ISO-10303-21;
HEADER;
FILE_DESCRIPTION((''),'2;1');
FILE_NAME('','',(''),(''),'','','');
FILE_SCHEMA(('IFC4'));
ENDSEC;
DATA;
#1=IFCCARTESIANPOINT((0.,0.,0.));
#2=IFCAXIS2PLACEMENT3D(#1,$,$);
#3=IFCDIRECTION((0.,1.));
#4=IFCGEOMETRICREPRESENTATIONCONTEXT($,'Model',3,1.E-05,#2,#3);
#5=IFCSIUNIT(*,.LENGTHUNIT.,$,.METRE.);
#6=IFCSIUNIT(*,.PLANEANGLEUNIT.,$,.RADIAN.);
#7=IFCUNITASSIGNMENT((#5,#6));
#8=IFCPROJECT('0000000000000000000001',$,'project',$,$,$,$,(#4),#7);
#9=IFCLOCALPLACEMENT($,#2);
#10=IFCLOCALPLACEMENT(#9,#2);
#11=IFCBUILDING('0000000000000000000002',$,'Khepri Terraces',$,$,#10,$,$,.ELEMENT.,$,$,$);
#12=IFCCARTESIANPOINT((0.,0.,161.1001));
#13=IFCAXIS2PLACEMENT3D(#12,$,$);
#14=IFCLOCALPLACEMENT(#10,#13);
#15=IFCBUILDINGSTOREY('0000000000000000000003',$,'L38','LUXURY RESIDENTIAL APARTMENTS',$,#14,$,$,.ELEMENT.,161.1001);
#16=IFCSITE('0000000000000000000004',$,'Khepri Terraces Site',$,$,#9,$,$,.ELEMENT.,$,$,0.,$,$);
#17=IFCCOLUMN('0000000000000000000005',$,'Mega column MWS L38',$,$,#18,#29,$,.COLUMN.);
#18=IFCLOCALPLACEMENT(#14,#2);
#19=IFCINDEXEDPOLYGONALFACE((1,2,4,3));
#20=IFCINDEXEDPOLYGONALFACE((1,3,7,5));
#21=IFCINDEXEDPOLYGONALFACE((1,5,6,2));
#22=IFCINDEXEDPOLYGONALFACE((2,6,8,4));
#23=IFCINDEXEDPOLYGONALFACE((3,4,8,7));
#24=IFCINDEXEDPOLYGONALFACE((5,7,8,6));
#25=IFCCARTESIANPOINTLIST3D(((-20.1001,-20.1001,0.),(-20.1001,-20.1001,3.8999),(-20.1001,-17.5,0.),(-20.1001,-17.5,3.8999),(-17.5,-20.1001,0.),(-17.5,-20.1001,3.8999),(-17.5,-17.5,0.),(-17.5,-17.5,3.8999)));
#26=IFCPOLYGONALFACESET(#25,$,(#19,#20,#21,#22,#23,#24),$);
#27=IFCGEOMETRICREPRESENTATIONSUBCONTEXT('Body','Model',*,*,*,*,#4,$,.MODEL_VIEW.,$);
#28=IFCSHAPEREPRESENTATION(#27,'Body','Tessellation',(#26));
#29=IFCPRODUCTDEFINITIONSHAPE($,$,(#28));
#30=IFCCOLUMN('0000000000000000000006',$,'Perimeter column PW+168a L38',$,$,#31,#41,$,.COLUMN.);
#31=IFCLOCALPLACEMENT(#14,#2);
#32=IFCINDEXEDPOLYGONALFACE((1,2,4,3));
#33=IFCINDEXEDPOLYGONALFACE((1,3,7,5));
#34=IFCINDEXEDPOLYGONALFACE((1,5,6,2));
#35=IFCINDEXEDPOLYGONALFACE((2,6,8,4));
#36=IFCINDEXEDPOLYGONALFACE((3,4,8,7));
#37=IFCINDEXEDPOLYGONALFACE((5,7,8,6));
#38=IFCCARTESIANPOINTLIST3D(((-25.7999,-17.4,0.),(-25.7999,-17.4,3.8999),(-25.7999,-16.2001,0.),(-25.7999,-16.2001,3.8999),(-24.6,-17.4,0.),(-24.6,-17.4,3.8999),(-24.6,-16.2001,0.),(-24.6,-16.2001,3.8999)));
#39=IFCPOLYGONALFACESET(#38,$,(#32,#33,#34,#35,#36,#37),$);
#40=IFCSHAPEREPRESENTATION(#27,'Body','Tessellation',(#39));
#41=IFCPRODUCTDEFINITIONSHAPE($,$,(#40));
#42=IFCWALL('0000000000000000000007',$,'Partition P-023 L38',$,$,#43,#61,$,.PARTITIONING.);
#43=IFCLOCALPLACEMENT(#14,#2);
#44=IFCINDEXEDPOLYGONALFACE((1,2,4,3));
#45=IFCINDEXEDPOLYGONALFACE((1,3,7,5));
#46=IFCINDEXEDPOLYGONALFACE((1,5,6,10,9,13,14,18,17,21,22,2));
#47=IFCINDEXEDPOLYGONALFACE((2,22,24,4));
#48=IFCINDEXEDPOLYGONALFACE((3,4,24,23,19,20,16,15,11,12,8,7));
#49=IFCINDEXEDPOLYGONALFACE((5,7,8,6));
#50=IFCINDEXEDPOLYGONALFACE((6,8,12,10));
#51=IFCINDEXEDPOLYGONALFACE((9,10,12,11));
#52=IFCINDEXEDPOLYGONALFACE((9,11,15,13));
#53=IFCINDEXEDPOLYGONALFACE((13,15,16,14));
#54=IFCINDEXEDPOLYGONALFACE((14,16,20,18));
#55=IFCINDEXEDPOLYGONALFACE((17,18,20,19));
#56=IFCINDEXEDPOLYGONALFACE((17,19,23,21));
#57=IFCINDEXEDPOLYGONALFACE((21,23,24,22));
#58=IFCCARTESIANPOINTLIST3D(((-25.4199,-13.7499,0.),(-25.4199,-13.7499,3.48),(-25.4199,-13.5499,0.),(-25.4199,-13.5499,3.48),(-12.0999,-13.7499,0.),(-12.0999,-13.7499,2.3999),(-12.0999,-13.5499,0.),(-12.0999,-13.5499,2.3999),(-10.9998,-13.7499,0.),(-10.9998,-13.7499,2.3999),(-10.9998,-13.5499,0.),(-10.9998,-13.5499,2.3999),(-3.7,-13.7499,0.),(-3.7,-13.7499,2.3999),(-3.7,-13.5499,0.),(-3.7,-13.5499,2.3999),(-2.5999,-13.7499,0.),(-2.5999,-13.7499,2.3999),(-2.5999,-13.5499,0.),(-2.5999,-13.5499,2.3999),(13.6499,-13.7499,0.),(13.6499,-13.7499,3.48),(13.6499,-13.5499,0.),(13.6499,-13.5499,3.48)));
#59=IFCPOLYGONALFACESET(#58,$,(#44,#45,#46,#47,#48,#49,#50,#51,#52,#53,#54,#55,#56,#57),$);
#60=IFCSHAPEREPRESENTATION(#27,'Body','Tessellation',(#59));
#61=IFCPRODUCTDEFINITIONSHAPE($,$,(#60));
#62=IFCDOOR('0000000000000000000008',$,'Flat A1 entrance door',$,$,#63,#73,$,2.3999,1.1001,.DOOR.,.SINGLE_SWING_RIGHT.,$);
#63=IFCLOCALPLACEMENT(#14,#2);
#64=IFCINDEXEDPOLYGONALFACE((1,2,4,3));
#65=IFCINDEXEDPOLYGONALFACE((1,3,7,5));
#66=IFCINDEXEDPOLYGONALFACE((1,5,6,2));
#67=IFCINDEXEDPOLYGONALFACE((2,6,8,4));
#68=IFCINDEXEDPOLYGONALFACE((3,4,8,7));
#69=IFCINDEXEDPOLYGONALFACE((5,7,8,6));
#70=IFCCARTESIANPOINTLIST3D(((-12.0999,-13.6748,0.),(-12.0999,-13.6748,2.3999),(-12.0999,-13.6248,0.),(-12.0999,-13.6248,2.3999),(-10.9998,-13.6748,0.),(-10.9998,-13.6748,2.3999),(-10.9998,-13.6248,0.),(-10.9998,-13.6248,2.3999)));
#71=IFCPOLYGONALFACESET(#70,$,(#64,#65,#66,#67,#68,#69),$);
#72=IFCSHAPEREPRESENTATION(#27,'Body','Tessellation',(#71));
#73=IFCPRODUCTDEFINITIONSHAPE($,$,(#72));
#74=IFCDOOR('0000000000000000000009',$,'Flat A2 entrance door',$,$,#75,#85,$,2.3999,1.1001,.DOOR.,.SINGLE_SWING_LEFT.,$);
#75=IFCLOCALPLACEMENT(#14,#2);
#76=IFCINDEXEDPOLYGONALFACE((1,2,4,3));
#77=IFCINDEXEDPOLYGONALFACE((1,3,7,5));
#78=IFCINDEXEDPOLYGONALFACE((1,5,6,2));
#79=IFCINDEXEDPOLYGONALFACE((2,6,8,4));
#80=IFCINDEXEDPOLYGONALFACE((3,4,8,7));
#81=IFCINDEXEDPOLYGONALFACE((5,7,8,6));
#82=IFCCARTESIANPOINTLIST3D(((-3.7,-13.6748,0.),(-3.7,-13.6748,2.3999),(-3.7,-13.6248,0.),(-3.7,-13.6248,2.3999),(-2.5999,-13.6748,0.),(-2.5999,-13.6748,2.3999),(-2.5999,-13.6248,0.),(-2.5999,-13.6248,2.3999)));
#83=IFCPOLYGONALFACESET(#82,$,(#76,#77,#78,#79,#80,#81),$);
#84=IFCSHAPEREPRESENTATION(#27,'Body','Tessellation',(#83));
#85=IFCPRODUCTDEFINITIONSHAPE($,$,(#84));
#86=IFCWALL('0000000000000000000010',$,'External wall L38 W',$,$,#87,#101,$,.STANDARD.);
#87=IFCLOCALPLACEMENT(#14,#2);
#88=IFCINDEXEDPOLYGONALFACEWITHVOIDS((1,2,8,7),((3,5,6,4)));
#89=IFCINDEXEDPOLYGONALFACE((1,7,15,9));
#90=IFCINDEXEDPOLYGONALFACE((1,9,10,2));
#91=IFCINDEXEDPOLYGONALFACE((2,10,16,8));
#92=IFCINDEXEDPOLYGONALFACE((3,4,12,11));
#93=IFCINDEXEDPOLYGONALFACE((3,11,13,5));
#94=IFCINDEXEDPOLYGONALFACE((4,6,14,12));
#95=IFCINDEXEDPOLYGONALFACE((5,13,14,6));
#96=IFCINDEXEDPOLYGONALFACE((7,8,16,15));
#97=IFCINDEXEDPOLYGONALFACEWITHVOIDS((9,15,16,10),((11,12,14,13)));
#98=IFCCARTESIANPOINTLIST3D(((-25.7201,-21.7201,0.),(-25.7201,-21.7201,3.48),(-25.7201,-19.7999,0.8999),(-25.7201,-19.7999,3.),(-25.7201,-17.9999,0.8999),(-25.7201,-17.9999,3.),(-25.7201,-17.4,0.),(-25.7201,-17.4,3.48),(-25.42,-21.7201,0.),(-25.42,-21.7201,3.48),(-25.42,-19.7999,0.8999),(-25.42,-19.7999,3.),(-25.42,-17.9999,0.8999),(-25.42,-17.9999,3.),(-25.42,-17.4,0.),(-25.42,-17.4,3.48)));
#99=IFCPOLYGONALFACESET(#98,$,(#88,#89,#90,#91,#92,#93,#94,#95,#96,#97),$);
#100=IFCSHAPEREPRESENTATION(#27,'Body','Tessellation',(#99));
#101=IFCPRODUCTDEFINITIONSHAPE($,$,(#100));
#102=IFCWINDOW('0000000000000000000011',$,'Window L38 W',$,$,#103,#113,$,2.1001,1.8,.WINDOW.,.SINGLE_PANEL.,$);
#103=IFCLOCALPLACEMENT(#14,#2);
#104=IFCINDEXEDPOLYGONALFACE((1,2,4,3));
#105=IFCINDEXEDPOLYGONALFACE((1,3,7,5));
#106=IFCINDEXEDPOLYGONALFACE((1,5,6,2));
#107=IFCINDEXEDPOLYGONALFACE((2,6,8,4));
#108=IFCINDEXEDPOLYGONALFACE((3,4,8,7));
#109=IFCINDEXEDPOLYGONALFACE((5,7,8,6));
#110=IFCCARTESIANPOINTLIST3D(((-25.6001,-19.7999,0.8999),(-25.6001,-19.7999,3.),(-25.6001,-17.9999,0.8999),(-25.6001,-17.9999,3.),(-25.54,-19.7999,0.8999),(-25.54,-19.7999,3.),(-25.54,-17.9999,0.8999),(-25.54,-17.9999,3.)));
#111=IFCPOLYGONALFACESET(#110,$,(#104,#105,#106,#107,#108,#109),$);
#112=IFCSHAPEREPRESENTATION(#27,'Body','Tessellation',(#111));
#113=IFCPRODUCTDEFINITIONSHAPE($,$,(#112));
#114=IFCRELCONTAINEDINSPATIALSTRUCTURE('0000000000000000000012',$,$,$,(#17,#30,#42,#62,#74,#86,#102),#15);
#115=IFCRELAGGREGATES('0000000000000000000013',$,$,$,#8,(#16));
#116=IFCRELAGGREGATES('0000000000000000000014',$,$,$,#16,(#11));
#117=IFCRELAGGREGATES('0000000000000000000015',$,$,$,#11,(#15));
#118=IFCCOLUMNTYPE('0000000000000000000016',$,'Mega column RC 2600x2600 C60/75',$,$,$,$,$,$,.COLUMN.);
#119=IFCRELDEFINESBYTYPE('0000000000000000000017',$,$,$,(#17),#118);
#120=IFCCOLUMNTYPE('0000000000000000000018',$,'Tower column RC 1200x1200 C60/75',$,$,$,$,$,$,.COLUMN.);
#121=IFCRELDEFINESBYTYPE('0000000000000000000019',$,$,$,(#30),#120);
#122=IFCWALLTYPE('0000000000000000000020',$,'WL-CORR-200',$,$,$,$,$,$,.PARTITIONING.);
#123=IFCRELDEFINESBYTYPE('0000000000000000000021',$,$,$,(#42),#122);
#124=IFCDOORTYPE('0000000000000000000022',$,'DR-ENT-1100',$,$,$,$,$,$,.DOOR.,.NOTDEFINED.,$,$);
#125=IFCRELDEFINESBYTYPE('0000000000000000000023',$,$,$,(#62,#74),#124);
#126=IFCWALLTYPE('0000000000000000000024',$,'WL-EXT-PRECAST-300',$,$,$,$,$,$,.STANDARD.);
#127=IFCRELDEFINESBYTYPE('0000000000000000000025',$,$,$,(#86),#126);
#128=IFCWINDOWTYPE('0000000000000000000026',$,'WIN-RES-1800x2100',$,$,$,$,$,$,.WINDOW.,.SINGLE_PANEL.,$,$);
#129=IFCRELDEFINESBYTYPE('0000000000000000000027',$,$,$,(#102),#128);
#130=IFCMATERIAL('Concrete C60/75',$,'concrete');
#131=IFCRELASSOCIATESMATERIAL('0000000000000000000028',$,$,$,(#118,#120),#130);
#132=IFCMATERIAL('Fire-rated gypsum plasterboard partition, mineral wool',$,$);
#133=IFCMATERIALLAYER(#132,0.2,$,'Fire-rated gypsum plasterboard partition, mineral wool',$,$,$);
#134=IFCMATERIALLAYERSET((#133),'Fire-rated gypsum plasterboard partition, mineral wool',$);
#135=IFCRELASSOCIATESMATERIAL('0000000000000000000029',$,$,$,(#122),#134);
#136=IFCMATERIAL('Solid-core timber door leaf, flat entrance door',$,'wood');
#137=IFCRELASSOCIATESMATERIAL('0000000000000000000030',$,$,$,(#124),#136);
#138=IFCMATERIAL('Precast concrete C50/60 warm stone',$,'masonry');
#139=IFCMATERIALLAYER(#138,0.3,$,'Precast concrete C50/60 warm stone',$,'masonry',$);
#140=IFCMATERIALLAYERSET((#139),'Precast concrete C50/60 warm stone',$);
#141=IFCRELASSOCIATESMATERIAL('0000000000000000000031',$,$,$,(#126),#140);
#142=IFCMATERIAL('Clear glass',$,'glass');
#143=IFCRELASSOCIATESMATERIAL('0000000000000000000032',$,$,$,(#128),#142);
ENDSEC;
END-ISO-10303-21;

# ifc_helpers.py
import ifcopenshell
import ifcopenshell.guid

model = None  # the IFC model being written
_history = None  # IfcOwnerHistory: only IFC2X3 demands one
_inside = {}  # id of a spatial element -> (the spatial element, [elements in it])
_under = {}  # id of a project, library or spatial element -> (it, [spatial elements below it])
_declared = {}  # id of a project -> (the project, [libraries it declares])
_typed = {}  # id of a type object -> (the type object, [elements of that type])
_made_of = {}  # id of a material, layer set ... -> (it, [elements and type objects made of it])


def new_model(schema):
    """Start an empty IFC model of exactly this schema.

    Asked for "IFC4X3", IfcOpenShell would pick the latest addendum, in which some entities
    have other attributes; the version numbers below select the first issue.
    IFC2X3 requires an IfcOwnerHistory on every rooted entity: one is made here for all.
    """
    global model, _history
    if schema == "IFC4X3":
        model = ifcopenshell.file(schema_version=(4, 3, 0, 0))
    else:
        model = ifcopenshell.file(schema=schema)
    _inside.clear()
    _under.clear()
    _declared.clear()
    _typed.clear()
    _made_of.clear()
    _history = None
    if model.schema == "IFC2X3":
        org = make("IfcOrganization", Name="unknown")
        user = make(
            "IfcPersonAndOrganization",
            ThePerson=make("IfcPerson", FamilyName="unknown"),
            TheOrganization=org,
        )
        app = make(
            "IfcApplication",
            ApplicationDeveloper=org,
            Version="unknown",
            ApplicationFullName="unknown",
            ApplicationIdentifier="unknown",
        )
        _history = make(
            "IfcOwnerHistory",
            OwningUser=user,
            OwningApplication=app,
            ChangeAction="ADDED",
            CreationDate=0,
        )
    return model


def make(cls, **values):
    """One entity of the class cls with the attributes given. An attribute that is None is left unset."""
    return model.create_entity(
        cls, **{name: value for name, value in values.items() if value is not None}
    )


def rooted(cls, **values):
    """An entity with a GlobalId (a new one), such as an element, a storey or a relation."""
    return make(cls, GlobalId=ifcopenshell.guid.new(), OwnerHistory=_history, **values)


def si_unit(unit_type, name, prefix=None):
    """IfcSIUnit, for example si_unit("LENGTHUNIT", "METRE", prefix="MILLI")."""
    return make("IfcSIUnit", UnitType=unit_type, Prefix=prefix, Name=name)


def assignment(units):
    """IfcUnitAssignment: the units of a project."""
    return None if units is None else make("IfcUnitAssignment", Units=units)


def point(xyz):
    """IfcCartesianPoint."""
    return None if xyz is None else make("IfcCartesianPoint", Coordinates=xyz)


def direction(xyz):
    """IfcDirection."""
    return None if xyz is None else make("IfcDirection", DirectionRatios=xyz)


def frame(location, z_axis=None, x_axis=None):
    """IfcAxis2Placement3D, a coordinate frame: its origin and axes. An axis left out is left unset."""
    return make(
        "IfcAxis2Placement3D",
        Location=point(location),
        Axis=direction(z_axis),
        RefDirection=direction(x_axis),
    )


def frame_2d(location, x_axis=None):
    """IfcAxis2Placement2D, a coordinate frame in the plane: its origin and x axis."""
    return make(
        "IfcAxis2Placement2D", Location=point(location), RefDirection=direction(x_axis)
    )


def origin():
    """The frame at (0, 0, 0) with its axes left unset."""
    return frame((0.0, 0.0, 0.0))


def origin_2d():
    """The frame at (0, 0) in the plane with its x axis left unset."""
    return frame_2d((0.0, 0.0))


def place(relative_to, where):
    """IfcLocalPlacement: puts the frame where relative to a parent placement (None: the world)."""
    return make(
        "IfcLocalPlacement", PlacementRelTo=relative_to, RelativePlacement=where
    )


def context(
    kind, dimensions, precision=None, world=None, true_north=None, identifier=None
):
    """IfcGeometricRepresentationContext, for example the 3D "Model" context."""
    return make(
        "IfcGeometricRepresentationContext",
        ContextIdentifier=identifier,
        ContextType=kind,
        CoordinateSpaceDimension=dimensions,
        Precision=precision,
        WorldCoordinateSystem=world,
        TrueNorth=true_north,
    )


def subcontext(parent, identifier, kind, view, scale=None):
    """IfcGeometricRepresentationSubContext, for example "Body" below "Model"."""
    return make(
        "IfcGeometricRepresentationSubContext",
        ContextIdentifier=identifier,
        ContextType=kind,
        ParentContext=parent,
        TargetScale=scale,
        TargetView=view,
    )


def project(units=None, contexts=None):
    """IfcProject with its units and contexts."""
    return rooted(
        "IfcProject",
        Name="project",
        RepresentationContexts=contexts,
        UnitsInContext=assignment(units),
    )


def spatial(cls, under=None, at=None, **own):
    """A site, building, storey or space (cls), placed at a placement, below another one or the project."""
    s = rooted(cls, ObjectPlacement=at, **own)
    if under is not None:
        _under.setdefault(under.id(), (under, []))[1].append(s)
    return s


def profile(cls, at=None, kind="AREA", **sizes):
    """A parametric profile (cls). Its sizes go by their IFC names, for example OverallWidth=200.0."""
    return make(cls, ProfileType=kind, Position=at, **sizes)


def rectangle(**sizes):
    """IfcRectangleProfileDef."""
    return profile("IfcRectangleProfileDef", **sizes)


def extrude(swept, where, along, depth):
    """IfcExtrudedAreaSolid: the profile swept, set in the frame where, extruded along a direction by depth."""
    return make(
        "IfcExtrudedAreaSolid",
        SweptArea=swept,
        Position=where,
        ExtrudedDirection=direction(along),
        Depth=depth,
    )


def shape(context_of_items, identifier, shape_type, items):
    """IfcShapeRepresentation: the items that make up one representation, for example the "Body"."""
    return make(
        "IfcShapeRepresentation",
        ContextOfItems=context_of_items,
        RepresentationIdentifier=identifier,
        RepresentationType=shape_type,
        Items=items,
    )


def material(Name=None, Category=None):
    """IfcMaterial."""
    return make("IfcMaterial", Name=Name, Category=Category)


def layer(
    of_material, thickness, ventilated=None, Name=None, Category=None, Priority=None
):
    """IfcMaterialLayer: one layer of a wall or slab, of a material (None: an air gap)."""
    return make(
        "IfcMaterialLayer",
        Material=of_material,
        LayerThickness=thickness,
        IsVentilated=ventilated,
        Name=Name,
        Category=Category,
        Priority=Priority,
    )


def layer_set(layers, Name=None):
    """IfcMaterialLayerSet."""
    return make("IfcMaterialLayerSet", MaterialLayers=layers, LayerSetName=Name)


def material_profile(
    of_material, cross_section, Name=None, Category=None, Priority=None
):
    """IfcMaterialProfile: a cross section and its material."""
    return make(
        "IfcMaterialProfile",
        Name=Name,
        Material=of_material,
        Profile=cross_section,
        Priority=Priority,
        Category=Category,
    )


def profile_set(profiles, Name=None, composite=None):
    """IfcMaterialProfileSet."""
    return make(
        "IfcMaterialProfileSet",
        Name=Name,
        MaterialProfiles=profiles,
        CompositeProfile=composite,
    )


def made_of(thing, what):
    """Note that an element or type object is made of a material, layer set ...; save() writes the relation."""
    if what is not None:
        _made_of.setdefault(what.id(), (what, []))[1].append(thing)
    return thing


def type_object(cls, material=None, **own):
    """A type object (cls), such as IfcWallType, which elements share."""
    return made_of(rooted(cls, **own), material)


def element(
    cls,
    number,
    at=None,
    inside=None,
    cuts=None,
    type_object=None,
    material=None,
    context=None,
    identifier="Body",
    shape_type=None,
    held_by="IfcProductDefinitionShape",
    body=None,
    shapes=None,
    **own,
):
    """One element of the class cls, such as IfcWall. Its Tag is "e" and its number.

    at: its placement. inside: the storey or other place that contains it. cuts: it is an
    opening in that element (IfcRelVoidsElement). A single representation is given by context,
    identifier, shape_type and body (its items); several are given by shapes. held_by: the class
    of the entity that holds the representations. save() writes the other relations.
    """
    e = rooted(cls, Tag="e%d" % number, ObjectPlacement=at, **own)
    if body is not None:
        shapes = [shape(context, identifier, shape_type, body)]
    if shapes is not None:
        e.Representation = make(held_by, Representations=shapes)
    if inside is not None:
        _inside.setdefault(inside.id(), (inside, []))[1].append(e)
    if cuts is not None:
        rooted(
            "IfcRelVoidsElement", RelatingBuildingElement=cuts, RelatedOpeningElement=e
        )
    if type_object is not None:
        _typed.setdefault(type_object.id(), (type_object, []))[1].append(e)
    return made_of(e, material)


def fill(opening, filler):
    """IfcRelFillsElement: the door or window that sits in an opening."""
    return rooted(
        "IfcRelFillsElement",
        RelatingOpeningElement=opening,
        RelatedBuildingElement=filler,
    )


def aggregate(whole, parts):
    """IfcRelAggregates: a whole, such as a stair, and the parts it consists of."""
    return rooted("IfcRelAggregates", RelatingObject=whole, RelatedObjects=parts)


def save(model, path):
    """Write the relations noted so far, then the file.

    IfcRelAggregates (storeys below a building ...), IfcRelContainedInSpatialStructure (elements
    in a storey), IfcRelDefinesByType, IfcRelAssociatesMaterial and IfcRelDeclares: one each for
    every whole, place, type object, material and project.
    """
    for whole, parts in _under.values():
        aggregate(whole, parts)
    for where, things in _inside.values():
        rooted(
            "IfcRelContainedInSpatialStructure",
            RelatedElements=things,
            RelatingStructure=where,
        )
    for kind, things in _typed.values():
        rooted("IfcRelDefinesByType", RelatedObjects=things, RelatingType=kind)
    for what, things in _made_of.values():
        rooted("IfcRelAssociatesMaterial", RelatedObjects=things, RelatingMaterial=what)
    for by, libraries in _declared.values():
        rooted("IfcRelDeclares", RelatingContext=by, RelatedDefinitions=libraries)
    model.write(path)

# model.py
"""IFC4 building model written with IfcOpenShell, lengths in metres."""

from ifc_helpers import new_model, si_unit, direction, frame, frame_2d, origin, origin_2d, place, context, subcontext, project, spatial, rectangle, extrude, material, layer, layer_set, material_profile, profile_set, type_object, element, fill, save


model = new_model("IFC4")

# Units and contexts
model_context = context("Model", 3, precision=1e-05, world=origin(), true_north=direction((0.0, 1.0)))
body_context = subcontext(model_context, "Body", "Model", "MODEL_VIEW")
ifc_project = project(units=[si_unit("LENGTHUNIT", "METRE"), si_unit("PLANEANGLEUNIT", "RADIAN")], contexts=[model_context])

# Site, building, storey
site_placement = place(None, origin())
site = spatial("IfcSite", under=ifc_project, at=site_placement, Name="Khepri Terraces Site", CompositionType="ELEMENT", RefElevation=0.0)
building_placement = place(site_placement, origin())
building = spatial("IfcBuilding", under=site, at=building_placement, Name="Khepri Terraces", CompositionType="ELEMENT")
storey_placement = place(building_placement, frame((0.0, 0.0, 161.1001)))
storey = spatial("IfcBuildingStorey", under=building, at=storey_placement, Name="L38", Description="LUXURY RESIDENTIAL APARTMENTS", CompositionType="ELEMENT", Elevation=161.1001)

# Columns
ifc_material_1 = material(Name="Concrete C60/75", Category="concrete")
ifc_material_profile_1 = material_profile(ifc_material_1, rectangle(XDim=2.6001, YDim=2.6001, at=origin_2d()), Name="Concrete C60/75", Category="concrete")
ifc_profile_set_1 = profile_set([ifc_material_profile_1], Name="Concrete C60/75")
column_type_1 = type_object("IfcColumnType", Name="Mega column RC 2600x2600 C60/75", PredefinedType="COLUMN", material=ifc_profile_set_1)
column_1_placement = place(storey_placement, frame((-18.8, -18.8, 0.0), z_axis=(0.0, 0.0, 1.0), x_axis=(1.0, 0.0, 0.0)))
element("IfcColumn", 1, at=column_1_placement, inside=storey, type_object=column_type_1, Name="Mega column MWS L38", PredefinedType="COLUMN", context=body_context, shape_type="SweptSolid", body=[
    extrude(rectangle(XDim=2.6001, YDim=2.6001, at=origin_2d()), origin(), (0.0, 0.0, 1.0), 3.8999),
])
ifc_material_profile_2 = material_profile(ifc_material_1, rectangle(XDim=1.2, YDim=1.2, at=origin_2d()), Name="Concrete C60/75", Category="concrete")
ifc_profile_set_2 = profile_set([ifc_material_profile_2], Name="Concrete C60/75")
column_type_2 = type_object("IfcColumnType", Name="Tower column RC 1200x1200 C60/75", PredefinedType="COLUMN", material=ifc_profile_set_2)
column_2_placement = place(storey_placement, frame((-25.2, -16.8, 0.0), z_axis=(0.0, 0.0, 1.0), x_axis=(1.0, 0.0, 0.0)))
element("IfcColumn", 2, at=column_2_placement, inside=storey, type_object=column_type_2, Name="Perimeter column PW+168a L38", PredefinedType="COLUMN", context=body_context, shape_type="SweptSolid", body=[
    extrude(rectangle(XDim=1.2, YDim=1.2, at=origin_2d()), origin(), (0.0, 0.0, 1.0), 3.8999),
])

# Wall, openings, doors
ifc_material_2 = material(Name="Fire-rated gypsum plasterboard partition, mineral wool")
ifc_layer_1 = layer(ifc_material_2, 0.2, Name="Fire-rated gypsum plasterboard partition, mineral wool")
ifc_layer_set_1 = layer_set([ifc_layer_1], Name="Fire-rated gypsum plasterboard partition, mineral wool")
wall_type_1 = type_object("IfcWallType", Name="WL-CORR-200", PredefinedType="PARTITIONING", material=ifc_layer_set_1)
wall_1_placement = place(storey_placement, frame((-25.4199, -13.6499, 0.0), z_axis=(0.0, 0.0, 1.0), x_axis=(1.0, 0.0, 0.0)))
wall_1 = element("IfcWall", 3, at=wall_1_placement, inside=storey, type_object=wall_type_1, Name="Partition P-023 L38", PredefinedType="PARTITIONING", context=body_context, shape_type="SweptSolid", body=[
    extrude(rectangle(XDim=39.0698, YDim=0.2, at=frame_2d((19.5349, 0.0))), origin(), (0.0, 0.0, 1.0), 3.48),
])
opening_1_placement = place(wall_1_placement, frame((13.3201, 0.0, 0.0)))
opening_1 = element("IfcOpeningElement", 4, at=opening_1_placement, cuts=wall_1, PredefinedType="OPENING", context=body_context, shape_type="SweptSolid", body=[
    extrude(rectangle(XDim=1.1001, YDim=2.3999, at=frame_2d((0.55, 1.2))), frame((0.0, 0.1099, 0.0), z_axis=(0.0, -1.0, 0.0), x_axis=(1.0, 0.0, 0.0)), (0.0, 0.0, 1.0), 0.22),
])
opening_2_placement = place(wall_1_placement, frame((21.72, 0.0, 0.0)))
opening_2 = element("IfcOpeningElement", 5, at=opening_2_placement, cuts=wall_1, PredefinedType="OPENING", context=body_context, shape_type="SweptSolid", body=[
    extrude(rectangle(XDim=1.1001, YDim=2.3999, at=frame_2d((0.55, 1.2))), frame((0.0, 0.1099, 0.0), z_axis=(0.0, -1.0, 0.0), x_axis=(1.0, 0.0, 0.0)), (0.0, 0.0, 1.0), 0.22),
])
ifc_material_3 = material(Name="Solid-core timber door leaf, flat entrance door", Category="wood")
door_type_1 = type_object("IfcDoorType", Name="DR-ENT-1100", OperationType="NOTDEFINED", PredefinedType="DOOR", material=ifc_material_3)
door_1_placement = place(opening_1_placement, frame((1.1001, 0.0, 0.0), z_axis=(0.0, 0.0, 1.0), x_axis=(-1.0, 0.0, 0.0)))
door_1 = element("IfcDoor", 6, at=door_1_placement, inside=storey, type_object=door_type_1, Name="Flat A1 entrance door", OperationType="SINGLE_SWING_RIGHT", OverallHeight=2.3999, OverallWidth=1.1001, PredefinedType="DOOR", context=body_context, shape_type="SweptSolid", body=[
    extrude(rectangle(XDim=1.1001, YDim=2.3999, at=frame_2d((0.55, 1.2))), frame((0.0, 0.0249, 0.0), z_axis=(0.0, -1.0, 0.0), x_axis=(1.0, 0.0, 0.0)), (0.0, 0.0, 1.0), 0.05),
])
fill(opening_1, door_1)
door_2_placement = place(opening_2_placement, frame((1.1001, 0.0, 0.0), z_axis=(0.0, 0.0, 1.0), x_axis=(-1.0, 0.0, 0.0)))
door_2 = element("IfcDoor", 7, at=door_2_placement, inside=storey, type_object=door_type_1, Name="Flat A2 entrance door", OperationType="SINGLE_SWING_LEFT", OverallHeight=2.3999, OverallWidth=1.1001, PredefinedType="DOOR", context=body_context, shape_type="SweptSolid", body=[
    extrude(rectangle(XDim=1.1001, YDim=2.3999, at=frame_2d((0.55, 1.2))), frame((0.0, 0.0249, 0.0), z_axis=(0.0, -1.0, 0.0), x_axis=(1.0, 0.0, 0.0)), (0.0, 0.0, 1.0), 0.05),
])
fill(opening_2, door_2)

# Wall, opening, window
ifc_material_4 = material(Name="Precast concrete C50/60 warm stone", Category="masonry")
ifc_layer_2 = layer(ifc_material_4, 0.3, Name="Precast concrete C50/60 warm stone", Category="masonry")
ifc_layer_set_2 = layer_set([ifc_layer_2], Name="Precast concrete C50/60 warm stone")
wall_type_2 = type_object("IfcWallType", Name="WL-EXT-PRECAST-300", PredefinedType="STANDARD", material=ifc_layer_set_2)
wall_2_placement = place(storey_placement, frame((-25.5701, -17.3999, 0.0), z_axis=(0.0, 0.0, 1.0), x_axis=(0.0, -1.0, 0.0)))
wall_2 = element("IfcWall", 8, at=wall_2_placement, inside=storey, type_object=wall_type_2, Name="External wall L38 W", PredefinedType="STANDARD", context=body_context, shape_type="SweptSolid", body=[
    extrude(rectangle(XDim=4.3201, YDim=0.3, at=frame_2d((2.1602, 0.0))), origin(), (0.0, 0.0, 1.0), 3.48),
])
opening_3_placement = place(wall_2_placement, frame((0.6001, 0.0, 0.8999)))
opening_3 = element("IfcOpeningElement", 9, at=opening_3_placement, cuts=wall_2, PredefinedType="OPENING", context=body_context, shape_type="SweptSolid", body=[
    extrude(rectangle(XDim=1.8, YDim=2.1001, at=frame_2d((0.8999, 1.05))), frame((0.0, 0.1602, 0.0), z_axis=(0.0, -1.0, 0.0), x_axis=(1.0, 0.0, 0.0)), (0.0, 0.0, 1.0), 0.3201),
])
ifc_material_5 = material(Name="Clear glass", Category="glass")
window_type = type_object("IfcWindowType", Name="WIN-RES-1800x2100", PartitioningType="SINGLE_PANEL", PredefinedType="WINDOW", material=ifc_material_5)
window_placement = place(opening_3_placement, origin())
window = element("IfcWindow", 10, at=window_placement, inside=storey, type_object=window_type, Name="Window L38 W", OverallHeight=2.1001, OverallWidth=1.8, PartitioningType="SINGLE_PANEL", PredefinedType="WINDOW", context=body_context, shape_type="SweptSolid", body=[
    extrude(rectangle(XDim=1.8, YDim=2.1001, at=frame_2d((0.8999, 1.05))), frame((0.0, 0.03, 0.0), z_axis=(0.0, -1.0, 0.0), x_axis=(1.0, 0.0, 0.0)), (0.0, 0.0, 1.0), 0.0601),
])
fill(opening_3, window)

save(model, "model.ifc")
